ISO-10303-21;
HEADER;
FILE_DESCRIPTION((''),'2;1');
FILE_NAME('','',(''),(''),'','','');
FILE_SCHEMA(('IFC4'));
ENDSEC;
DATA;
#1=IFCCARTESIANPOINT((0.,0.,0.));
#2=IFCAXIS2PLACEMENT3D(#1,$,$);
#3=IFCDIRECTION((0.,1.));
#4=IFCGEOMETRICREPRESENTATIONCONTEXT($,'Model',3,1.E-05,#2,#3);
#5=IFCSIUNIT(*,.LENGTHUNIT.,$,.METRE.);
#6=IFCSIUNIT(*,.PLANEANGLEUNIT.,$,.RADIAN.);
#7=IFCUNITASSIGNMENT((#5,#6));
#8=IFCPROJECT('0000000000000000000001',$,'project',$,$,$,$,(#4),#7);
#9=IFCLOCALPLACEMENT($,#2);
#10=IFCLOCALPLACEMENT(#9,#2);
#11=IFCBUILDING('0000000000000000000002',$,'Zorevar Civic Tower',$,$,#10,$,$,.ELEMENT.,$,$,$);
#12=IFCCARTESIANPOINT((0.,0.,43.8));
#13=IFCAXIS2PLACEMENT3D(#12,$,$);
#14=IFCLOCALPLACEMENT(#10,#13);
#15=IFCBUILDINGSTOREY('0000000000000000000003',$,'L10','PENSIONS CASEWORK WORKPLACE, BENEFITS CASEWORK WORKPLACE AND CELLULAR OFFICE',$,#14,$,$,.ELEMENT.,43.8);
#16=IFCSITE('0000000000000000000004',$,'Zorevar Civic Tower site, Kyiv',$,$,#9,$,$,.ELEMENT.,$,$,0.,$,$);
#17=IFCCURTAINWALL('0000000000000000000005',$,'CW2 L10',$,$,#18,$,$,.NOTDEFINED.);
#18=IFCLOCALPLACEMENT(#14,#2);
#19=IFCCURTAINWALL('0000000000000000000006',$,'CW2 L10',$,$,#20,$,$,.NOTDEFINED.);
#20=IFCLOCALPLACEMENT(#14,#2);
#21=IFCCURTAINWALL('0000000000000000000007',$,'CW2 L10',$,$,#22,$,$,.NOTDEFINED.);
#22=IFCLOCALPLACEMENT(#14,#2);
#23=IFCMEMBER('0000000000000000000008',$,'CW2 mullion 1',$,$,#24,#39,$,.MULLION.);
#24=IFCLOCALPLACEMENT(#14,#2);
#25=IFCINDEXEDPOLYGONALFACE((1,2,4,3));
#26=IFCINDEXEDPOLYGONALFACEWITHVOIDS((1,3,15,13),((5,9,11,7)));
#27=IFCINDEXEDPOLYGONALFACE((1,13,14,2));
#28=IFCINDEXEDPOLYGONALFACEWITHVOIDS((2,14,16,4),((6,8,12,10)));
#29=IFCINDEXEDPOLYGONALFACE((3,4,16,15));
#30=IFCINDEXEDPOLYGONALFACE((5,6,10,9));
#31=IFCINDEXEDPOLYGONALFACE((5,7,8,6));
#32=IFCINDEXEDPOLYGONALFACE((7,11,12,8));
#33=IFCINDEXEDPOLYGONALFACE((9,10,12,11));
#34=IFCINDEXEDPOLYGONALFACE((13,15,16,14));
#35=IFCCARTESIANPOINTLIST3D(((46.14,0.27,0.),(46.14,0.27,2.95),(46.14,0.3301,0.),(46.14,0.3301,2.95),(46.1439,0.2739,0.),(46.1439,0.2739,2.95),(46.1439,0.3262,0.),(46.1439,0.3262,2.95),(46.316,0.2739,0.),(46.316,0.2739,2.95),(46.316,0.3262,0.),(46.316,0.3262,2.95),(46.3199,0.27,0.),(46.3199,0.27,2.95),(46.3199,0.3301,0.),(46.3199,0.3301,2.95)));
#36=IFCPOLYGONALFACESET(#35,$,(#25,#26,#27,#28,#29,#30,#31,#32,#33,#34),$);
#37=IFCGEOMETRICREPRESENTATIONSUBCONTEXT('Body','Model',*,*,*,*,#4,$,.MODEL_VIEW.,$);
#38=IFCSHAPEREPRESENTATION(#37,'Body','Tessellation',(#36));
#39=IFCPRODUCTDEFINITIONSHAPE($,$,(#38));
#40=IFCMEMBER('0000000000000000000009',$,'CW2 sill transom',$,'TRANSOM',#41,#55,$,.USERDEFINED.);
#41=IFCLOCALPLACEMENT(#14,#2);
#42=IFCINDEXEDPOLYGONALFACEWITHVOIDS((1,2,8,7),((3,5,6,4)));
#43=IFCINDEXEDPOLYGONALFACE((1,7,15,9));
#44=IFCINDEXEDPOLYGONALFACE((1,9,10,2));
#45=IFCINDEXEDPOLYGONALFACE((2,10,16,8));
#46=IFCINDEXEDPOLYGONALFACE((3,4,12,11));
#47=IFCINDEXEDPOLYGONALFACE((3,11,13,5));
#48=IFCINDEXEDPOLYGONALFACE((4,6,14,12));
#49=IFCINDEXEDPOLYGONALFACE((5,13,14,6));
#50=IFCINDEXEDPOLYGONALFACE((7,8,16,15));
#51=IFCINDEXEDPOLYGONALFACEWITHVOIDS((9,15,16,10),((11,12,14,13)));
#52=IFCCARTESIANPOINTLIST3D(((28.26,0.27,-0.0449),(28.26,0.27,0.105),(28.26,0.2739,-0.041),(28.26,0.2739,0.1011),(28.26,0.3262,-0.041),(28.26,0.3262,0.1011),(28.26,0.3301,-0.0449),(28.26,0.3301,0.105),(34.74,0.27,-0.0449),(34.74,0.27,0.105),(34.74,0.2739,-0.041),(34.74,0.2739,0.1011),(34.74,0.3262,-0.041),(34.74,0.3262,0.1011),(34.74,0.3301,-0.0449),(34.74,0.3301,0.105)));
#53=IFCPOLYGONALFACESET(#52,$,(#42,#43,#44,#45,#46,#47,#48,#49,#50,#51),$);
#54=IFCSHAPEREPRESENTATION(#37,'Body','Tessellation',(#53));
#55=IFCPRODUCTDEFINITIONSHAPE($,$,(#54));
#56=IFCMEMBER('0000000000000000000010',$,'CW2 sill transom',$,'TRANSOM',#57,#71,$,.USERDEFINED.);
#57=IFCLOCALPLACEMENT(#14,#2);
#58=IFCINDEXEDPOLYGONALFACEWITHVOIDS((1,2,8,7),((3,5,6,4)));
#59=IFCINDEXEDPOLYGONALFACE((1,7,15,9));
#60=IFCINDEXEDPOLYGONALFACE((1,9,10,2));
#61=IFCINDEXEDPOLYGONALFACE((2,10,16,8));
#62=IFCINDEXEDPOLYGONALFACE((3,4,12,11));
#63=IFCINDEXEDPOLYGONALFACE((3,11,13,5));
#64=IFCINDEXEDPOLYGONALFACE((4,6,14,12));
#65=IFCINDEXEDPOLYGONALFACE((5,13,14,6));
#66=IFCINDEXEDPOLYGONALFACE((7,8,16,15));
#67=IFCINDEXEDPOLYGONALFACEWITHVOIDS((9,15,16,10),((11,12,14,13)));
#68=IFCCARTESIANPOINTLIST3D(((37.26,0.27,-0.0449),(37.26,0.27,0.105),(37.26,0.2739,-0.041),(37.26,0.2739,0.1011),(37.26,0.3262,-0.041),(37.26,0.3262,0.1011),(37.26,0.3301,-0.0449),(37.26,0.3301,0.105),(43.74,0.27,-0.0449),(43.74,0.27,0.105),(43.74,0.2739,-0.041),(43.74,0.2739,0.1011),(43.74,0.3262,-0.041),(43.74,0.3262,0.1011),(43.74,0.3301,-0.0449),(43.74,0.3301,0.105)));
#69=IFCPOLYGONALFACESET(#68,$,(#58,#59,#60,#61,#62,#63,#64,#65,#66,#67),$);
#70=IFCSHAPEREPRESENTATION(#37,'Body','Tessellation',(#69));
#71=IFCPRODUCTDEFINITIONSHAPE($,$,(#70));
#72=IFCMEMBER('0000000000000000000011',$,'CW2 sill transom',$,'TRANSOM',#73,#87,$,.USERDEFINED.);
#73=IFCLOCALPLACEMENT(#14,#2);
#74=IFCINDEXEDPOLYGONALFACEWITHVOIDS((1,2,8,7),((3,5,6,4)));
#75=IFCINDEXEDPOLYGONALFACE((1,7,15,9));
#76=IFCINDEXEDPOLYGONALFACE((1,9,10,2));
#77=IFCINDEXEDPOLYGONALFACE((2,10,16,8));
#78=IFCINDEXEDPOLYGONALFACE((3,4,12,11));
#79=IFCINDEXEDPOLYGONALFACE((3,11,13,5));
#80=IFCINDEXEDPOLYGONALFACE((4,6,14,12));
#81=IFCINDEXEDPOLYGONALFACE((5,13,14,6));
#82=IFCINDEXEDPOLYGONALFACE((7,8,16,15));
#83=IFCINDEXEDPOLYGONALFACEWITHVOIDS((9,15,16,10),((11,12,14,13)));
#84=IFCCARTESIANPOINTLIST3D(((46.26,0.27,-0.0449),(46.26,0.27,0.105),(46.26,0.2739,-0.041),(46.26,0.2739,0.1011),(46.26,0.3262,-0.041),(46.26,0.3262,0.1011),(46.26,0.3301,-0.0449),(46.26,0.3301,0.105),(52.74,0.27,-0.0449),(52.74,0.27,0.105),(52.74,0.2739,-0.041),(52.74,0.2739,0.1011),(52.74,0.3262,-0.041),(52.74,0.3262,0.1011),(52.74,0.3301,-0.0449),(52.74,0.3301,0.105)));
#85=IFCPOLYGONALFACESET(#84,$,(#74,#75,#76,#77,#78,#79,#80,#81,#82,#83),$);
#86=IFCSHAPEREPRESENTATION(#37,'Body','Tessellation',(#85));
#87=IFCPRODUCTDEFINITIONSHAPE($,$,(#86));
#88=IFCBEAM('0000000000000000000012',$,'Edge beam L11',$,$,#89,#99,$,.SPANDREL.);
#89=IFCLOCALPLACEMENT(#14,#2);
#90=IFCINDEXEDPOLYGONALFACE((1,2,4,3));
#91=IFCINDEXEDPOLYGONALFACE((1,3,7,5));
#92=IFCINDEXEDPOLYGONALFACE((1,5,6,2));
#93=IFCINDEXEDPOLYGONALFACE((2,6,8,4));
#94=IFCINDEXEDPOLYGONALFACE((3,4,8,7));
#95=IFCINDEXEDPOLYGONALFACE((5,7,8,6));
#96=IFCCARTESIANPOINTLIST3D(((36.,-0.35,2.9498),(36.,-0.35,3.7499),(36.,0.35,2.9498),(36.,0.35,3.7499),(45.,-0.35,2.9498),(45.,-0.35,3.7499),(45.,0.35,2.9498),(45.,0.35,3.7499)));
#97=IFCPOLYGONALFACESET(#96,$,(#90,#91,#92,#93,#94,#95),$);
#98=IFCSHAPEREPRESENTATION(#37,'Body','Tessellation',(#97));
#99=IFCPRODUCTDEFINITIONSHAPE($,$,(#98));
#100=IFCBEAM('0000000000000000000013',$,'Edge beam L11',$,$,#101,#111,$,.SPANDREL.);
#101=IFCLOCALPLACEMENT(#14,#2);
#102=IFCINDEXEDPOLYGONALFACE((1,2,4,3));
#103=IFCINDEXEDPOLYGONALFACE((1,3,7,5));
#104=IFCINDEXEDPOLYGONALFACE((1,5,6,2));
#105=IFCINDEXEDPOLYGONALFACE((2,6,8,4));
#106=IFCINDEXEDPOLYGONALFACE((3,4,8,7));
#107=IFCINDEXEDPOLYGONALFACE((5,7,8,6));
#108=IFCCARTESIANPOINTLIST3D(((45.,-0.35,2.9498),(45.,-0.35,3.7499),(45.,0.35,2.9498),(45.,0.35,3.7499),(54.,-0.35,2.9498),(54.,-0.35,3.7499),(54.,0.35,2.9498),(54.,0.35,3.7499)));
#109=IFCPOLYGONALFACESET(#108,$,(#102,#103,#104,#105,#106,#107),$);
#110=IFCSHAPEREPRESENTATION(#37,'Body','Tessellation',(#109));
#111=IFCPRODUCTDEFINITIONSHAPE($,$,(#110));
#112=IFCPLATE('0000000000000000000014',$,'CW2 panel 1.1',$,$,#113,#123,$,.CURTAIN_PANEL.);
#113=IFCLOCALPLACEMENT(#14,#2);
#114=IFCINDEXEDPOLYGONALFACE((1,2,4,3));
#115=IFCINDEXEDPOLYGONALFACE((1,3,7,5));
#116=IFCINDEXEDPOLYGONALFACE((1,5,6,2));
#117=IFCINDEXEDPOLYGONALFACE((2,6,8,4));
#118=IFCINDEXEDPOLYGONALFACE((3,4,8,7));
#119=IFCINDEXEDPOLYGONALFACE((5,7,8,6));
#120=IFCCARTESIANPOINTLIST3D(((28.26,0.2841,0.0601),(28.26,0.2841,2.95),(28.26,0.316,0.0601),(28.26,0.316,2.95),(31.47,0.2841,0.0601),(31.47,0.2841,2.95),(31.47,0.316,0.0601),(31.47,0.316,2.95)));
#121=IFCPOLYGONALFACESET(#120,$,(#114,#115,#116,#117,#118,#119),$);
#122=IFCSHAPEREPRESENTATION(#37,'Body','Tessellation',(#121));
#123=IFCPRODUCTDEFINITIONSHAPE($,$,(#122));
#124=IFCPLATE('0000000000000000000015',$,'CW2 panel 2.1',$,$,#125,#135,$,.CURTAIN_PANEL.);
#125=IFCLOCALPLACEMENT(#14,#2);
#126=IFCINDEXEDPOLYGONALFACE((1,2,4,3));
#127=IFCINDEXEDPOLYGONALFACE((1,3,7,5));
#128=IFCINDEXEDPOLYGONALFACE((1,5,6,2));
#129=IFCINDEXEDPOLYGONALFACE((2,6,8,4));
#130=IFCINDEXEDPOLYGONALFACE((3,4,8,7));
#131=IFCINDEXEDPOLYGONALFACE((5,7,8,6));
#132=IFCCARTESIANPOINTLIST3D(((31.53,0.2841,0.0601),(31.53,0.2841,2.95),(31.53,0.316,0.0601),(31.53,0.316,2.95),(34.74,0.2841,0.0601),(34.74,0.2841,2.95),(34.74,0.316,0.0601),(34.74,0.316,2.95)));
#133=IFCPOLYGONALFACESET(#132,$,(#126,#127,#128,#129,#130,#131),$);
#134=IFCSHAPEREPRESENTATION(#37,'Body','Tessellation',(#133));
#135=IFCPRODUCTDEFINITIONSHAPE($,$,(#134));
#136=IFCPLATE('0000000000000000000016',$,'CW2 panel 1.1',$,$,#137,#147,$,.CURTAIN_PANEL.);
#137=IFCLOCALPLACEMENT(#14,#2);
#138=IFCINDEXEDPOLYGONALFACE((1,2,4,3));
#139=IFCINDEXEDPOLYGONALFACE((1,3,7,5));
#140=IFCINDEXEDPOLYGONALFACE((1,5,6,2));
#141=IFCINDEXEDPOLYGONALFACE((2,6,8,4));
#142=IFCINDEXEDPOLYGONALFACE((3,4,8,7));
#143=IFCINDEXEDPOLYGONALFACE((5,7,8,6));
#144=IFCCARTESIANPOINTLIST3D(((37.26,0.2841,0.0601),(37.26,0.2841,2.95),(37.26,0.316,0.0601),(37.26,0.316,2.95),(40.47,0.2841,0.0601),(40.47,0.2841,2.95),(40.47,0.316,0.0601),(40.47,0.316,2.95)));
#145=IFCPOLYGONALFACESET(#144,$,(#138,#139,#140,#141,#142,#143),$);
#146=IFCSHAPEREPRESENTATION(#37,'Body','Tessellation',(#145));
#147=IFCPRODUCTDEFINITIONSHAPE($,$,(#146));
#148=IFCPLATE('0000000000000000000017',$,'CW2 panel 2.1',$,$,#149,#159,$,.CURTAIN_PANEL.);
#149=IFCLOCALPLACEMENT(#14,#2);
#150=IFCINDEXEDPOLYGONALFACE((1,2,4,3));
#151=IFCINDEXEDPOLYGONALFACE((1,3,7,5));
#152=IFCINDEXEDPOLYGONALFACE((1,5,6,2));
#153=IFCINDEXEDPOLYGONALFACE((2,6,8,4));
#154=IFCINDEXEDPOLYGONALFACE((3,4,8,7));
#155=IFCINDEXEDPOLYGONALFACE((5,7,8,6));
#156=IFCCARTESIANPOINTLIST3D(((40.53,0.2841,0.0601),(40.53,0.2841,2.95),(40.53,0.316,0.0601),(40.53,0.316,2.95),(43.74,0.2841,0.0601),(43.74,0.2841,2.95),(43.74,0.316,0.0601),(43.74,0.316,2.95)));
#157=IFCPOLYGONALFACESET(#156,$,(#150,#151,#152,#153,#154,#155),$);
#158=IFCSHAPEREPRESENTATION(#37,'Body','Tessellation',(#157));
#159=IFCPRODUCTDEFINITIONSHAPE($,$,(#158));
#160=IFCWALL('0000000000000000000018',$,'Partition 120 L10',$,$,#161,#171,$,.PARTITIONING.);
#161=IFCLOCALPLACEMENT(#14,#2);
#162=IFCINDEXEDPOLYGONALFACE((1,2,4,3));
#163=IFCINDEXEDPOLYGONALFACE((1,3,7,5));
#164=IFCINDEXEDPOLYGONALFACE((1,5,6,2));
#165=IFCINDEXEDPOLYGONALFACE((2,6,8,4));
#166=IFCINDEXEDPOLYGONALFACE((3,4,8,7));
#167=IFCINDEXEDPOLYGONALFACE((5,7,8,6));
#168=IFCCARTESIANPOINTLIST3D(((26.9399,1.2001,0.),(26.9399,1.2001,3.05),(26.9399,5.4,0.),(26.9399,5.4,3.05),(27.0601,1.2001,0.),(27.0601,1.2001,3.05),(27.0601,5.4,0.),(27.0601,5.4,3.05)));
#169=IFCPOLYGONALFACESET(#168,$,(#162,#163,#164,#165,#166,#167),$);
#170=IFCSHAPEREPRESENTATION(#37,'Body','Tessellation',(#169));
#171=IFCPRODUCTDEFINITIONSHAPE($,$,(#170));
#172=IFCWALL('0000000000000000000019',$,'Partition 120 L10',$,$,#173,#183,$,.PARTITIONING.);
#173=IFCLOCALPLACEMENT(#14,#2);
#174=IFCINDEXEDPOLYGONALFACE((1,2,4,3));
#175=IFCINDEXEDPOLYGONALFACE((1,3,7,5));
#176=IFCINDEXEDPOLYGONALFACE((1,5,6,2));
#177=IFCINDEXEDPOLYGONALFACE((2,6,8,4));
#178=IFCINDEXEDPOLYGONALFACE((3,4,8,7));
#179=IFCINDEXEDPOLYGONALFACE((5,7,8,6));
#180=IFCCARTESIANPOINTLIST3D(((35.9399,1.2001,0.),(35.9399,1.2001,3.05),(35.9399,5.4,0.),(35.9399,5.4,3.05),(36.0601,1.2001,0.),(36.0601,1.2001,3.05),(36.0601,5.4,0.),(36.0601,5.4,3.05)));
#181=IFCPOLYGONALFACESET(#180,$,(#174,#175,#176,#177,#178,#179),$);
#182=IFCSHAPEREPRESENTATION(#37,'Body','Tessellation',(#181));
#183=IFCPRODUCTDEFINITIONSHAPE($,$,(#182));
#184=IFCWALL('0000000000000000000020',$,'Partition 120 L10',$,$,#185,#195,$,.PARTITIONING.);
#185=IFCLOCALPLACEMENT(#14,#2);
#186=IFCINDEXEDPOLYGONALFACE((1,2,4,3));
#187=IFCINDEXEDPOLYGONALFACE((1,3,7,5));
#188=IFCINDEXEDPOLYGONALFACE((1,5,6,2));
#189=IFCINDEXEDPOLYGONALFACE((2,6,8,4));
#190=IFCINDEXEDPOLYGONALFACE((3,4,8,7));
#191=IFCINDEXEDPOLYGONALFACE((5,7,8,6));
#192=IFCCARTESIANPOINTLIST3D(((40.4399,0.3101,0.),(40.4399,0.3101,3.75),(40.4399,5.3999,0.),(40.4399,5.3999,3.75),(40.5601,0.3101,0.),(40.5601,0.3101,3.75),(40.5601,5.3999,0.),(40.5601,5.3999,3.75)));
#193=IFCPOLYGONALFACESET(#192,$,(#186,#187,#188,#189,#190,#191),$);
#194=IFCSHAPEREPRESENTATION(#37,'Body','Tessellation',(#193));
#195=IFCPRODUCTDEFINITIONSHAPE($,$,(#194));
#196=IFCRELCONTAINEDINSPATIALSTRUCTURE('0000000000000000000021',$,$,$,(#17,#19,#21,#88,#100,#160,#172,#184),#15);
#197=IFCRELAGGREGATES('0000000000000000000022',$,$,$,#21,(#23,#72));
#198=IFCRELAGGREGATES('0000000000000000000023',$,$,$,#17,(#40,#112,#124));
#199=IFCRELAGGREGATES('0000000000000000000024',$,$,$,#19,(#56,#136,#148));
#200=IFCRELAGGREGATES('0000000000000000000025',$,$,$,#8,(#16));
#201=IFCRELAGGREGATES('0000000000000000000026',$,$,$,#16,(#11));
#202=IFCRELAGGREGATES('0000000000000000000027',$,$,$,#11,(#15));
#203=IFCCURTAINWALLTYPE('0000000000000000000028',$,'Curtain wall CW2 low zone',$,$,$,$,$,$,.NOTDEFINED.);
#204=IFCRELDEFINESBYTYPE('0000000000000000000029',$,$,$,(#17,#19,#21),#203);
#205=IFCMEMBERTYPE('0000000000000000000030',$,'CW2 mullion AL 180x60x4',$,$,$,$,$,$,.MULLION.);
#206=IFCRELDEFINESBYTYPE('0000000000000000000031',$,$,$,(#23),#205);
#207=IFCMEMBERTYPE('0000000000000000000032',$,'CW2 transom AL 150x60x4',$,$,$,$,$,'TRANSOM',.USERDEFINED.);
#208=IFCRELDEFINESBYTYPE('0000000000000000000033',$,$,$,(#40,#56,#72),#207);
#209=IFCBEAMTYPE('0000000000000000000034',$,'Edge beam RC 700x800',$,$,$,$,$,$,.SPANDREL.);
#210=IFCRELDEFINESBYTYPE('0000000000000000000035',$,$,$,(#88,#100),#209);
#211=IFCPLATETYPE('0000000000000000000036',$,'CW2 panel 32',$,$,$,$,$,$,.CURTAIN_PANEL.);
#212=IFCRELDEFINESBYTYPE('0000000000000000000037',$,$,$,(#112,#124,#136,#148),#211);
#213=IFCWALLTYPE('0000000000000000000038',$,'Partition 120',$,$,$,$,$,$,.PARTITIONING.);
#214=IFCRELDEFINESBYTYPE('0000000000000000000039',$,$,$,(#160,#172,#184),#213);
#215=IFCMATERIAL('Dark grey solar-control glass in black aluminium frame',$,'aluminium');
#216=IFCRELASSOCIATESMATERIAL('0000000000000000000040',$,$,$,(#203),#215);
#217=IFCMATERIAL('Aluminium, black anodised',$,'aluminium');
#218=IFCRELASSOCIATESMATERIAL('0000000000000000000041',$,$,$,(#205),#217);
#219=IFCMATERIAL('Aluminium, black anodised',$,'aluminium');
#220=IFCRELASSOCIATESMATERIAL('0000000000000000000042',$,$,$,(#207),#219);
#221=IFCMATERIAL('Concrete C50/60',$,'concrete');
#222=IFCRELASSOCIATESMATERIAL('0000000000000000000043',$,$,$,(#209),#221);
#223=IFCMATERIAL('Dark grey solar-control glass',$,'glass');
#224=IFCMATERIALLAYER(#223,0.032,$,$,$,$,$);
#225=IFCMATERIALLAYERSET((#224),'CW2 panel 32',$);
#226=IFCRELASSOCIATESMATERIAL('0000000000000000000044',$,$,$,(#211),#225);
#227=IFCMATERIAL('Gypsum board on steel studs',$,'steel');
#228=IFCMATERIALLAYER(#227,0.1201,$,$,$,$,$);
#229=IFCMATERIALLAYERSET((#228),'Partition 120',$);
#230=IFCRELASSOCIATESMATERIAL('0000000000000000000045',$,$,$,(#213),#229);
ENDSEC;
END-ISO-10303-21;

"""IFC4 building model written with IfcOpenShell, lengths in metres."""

from ifc_helpers import new_model, si_unit, direction, frame, frame_2d, origin, origin_2d, place, context, subcontext, project, spatial, rectangle, hollow_rectangle, extrude, material, layer, layer_set, material_profile, profile_set, type_object, element, aggregate, save


model = new_model("IFC4")

# Units and contexts
model_context = context("Model", 3, precision=1e-05, world=origin(), true_north=direction((0.0, 1.0)))
body_context = subcontext(model_context, "Body", "Model", "MODEL_VIEW")
ifc_project = project(units=[si_unit("LENGTHUNIT", "METRE"), si_unit("PLANEANGLEUNIT", "RADIAN")], contexts=[model_context])

# Site, building, storey
site_placement = place(None, origin())
site = spatial("IfcSite", under=ifc_project, at=site_placement, Name="Zorevar Civic Tower site, Kyiv", CompositionType="ELEMENT", RefElevation=0.0)
building_placement = place(site_placement, origin())
building = spatial("IfcBuilding", under=site, at=building_placement, Name="Zorevar Civic Tower", CompositionType="ELEMENT")
storey_placement = place(building_placement, frame((0.0, 0.0, 43.8)))
storey = spatial("IfcBuildingStorey", under=building, at=storey_placement, Name="L10", Description="PENSIONS CASEWORK WORKPLACE, BENEFITS CASEWORK WORKPLACE AND CELLULAR OFFICE", CompositionType="ELEMENT", Elevation=43.8)

# Curtain walls
ifc_material_1 = material(Name="Dark grey solar-control glass in black aluminium frame", Category="aluminium")
curtain_wall_type = type_object("IfcCurtainWallType", Name="Curtain wall CW2 low zone", PredefinedType="NOTDEFINED", material=ifc_material_1)
curtain_wall_1_placement = place(storey_placement, origin())
curtain_wall_1 = element("IfcCurtainWall", 1, at=curtain_wall_1_placement, inside=storey, type_object=curtain_wall_type, Name="CW2 L10", PredefinedType="NOTDEFINED")
ifc_material_2 = material(Name="Aluminium, black anodised", Category="aluminium")
ifc_material_profile_1 = material_profile(ifc_material_2, hollow_rectangle(XDim=0.0601, YDim=0.1799, WallThickness=0.0039, at=origin_2d()), Name="AL 180x60x4")
ifc_profile_set_1 = profile_set([ifc_material_profile_1], Name="Aluminium, black anodised")
member_type_1 = type_object("IfcMemberType", Name="CW2 mullion AL 180x60x4", PredefinedType="MULLION", material=ifc_profile_set_1)
curtain_wall_2_placement = place(storey_placement, origin())
curtain_wall_2 = element("IfcCurtainWall", 2, at=curtain_wall_2_placement, inside=storey, type_object=curtain_wall_type, Name="CW2 L10", PredefinedType="NOTDEFINED")

# Curtain wall, member
curtain_wall_3_placement = place(storey_placement, origin())
curtain_wall_3 = element("IfcCurtainWall", 3, at=curtain_wall_3_placement, inside=storey, type_object=curtain_wall_type, Name="CW2 L10", PredefinedType="NOTDEFINED")
member_1_placement = place(storey_placement, frame((46.23, 0.3, 0.0), z_axis=(0.0, 0.0, 1.0), x_axis=(0.0, 1.0, 0.0)))
member_1 = element("IfcMember", 4, at=member_1_placement, type_object=member_type_1, Name="CW2 mullion 1", PredefinedType="MULLION", context=body_context, shape_type="SweptSolid", body=[
    extrude(hollow_rectangle(XDim=0.0601, YDim=0.1799, WallThickness=0.0039, at=origin_2d()), origin(), (0.0, 0.0, 1.0), 2.95),
])

# Members
ifc_material_3 = material(Name="Aluminium, black anodised", Category="aluminium")
ifc_material_profile_2 = material_profile(ifc_material_3, hollow_rectangle(XDim=0.0601, YDim=0.1499, WallThickness=0.0039, at=origin_2d()), Name="AL 150x60x4")
ifc_profile_set_2 = profile_set([ifc_material_profile_2], Name="Aluminium, black anodised")
member_type_2 = type_object("IfcMemberType", Name="CW2 transom AL 150x60x4", ElementType="TRANSOM", PredefinedType="USERDEFINED", material=ifc_profile_set_2)
member_2_placement = place(storey_placement, frame((28.26, 0.3, 0.03), z_axis=(1.0, 0.0, 0.0), x_axis=(0.0, 1.0, 0.0)))
member_2 = element("IfcMember", 5, at=member_2_placement, type_object=member_type_2, Name="CW2 sill transom", ObjectType="TRANSOM", PredefinedType="USERDEFINED", context=body_context, shape_type="SweptSolid", body=[
    extrude(hollow_rectangle(XDim=0.0601, YDim=0.1499, WallThickness=0.0039, at=origin_2d()), origin(), (0.0, 0.0, 1.0), 6.48),
])
member_3_placement = place(storey_placement, frame((37.26, 0.3, 0.03), z_axis=(1.0, 0.0, 0.0), x_axis=(0.0, 1.0, 0.0)))
member_3 = element("IfcMember", 6, at=member_3_placement, type_object=member_type_2, Name="CW2 sill transom", ObjectType="TRANSOM", PredefinedType="USERDEFINED", context=body_context, shape_type="SweptSolid", body=[
    extrude(hollow_rectangle(XDim=0.0601, YDim=0.1499, WallThickness=0.0039, at=origin_2d()), origin(), (0.0, 0.0, 1.0), 6.48),
])
member_4_placement = place(storey_placement, frame((46.26, 0.3, 0.03), z_axis=(1.0, 0.0, 0.0), x_axis=(0.0, 1.0, 0.0)))
member_4 = element("IfcMember", 7, at=member_4_placement, type_object=member_type_2, Name="CW2 sill transom", ObjectType="TRANSOM", PredefinedType="USERDEFINED", context=body_context, shape_type="SweptSolid", body=[
    extrude(hollow_rectangle(XDim=0.0601, YDim=0.1499, WallThickness=0.0039, at=origin_2d()), origin(), (0.0, 0.0, 1.0), 6.48),
])
aggregate(curtain_wall_3, [member_1, member_4])

# Beams
ifc_material_4 = material(Name="Concrete C50/60", Category="concrete")
ifc_material_profile_3 = material_profile(ifc_material_4, rectangle(XDim=0.7, YDim=0.8, at=origin_2d()), Name="RC 700x800")
ifc_profile_set_3 = profile_set([ifc_material_profile_3], Name="Concrete C50/60")
beam_type_1 = type_object("IfcBeamType", Name="Edge beam RC 700x800", PredefinedType="SPANDREL", material=ifc_profile_set_3)
for number, where, z_axis, x_axis, name in (
    (8, (36.0, 0.0, 3.3499), (1.0, 0.0, 0.0), (0.0, 1.0, 0.0), "Edge beam L11"),
    (9, (45.0, 0.0, 3.3499), (1.0, 0.0, 0.0), (0.0, 1.0, 0.0), "Edge beam L11"),
):
    element("IfcBeam", number, at=place(storey_placement, frame(where, z_axis=z_axis, x_axis=x_axis)), inside=storey, type_object=beam_type_1, Name=name, PredefinedType="SPANDREL", context=body_context, shape_type="SweptSolid", body=[
        extrude(rectangle(XDim=0.7, YDim=0.8, at=origin_2d()), origin(), (0.0, 0.0, 1.0), 9.0),
    ])

# Plates
ifc_material_5 = material(Name="Dark grey solar-control glass", Category="glass")
ifc_layer_1 = layer(ifc_material_5, 0.032)
ifc_layer_set_1 = layer_set([ifc_layer_1], Name="CW2 panel 32")
plate_type = type_object("IfcPlateType", Name="CW2 panel 32", PredefinedType="CURTAIN_PANEL", material=ifc_layer_set_1)
plate_1_placement = place(storey_placement, frame((29.865, 0.3, 0.0601), z_axis=(0.0, 0.0, 1.0), x_axis=(1.0, 0.0, 0.0)))
plate_1 = element("IfcPlate", 10, at=plate_1_placement, type_object=plate_type, Name="CW2 panel 1.1", PredefinedType="CURTAIN_PANEL", context=body_context, shape_type="SweptSolid", body=[
    extrude(rectangle(XDim=3.21, YDim=0.032, at=origin_2d()), origin(), (0.0, 0.0, 1.0), 2.8899),
])
plate_2_placement = place(storey_placement, frame((33.135, 0.3, 0.0601), z_axis=(0.0, 0.0, 1.0), x_axis=(1.0, 0.0, 0.0)))
plate_2 = element("IfcPlate", 11, at=plate_2_placement, type_object=plate_type, Name="CW2 panel 2.1", PredefinedType="CURTAIN_PANEL", context=body_context, shape_type="SweptSolid", body=[
    extrude(rectangle(XDim=3.21, YDim=0.032, at=origin_2d()), origin(), (0.0, 0.0, 1.0), 2.8899),
])
aggregate(curtain_wall_1, [member_2, plate_1, plate_2])
plate_3_placement = place(storey_placement, frame((38.865, 0.3, 0.0601), z_axis=(0.0, 0.0, 1.0), x_axis=(1.0, 0.0, 0.0)))
plate_3 = element("IfcPlate", 12, at=plate_3_placement, type_object=plate_type, Name="CW2 panel 1.1", PredefinedType="CURTAIN_PANEL", context=body_context, shape_type="SweptSolid", body=[
    extrude(rectangle(XDim=3.21, YDim=0.032, at=origin_2d()), origin(), (0.0, 0.0, 1.0), 2.8899),
])
plate_4_placement = place(storey_placement, frame((42.135, 0.3, 0.0601), z_axis=(0.0, 0.0, 1.0), x_axis=(1.0, 0.0, 0.0)))
plate_4 = element("IfcPlate", 13, at=plate_4_placement, type_object=plate_type, Name="CW2 panel 2.1", PredefinedType="CURTAIN_PANEL", context=body_context, shape_type="SweptSolid", body=[
    extrude(rectangle(XDim=3.21, YDim=0.032, at=origin_2d()), origin(), (0.0, 0.0, 1.0), 2.8899),
])
aggregate(curtain_wall_2, [member_3, plate_3, plate_4])

# Walls
ifc_material_6 = material(Name="Gypsum board on steel studs", Category="steel")
ifc_layer_2 = layer(ifc_material_6, 0.1201)
ifc_layer_set_2 = layer_set([ifc_layer_2], Name="Partition 120")
wall_type = type_object("IfcWallType", Name="Partition 120", PredefinedType="PARTITIONING", material=ifc_layer_set_2)
for number, where, z_axis, x_axis, name in (
    (14, (27.0, 1.2, 0.0), (0.0, 0.0, 1.0), (0.0, 1.0, 0.0), "Partition 120 L10"),
    (15, (36.0, 1.2, 0.0), (0.0, 0.0, 1.0), (0.0, 1.0, 0.0), "Partition 120 L10"),
):
    element("IfcWall", number, at=place(storey_placement, frame(where, z_axis=z_axis, x_axis=x_axis)), inside=storey, type_object=wall_type, Name=name, PredefinedType="PARTITIONING", context=body_context, shape_type="SweptSolid", body=[
        extrude(rectangle(XDim=4.2, YDim=0.1201, at=frame_2d((2.1001, 0.0))), origin(), (0.0, 0.0, 1.0), 3.05),
    ])
wall_1_placement = place(storey_placement, frame((40.5, 0.3101, 0.0), z_axis=(0.0, 0.0, 1.0), x_axis=(0.0, 1.0, 0.0)))
element("IfcWall", 16, at=wall_1_placement, inside=storey, type_object=wall_type, Name="Partition 120 L10", PredefinedType="PARTITIONING", context=body_context, shape_type="SweptSolid", body=[
    extrude(rectangle(XDim=5.0898, YDim=0.1201, at=frame_2d((2.5449, 0.0))), origin(), (0.0, 0.0, 1.0), 3.75),
])

save(model, "model.ifc")
